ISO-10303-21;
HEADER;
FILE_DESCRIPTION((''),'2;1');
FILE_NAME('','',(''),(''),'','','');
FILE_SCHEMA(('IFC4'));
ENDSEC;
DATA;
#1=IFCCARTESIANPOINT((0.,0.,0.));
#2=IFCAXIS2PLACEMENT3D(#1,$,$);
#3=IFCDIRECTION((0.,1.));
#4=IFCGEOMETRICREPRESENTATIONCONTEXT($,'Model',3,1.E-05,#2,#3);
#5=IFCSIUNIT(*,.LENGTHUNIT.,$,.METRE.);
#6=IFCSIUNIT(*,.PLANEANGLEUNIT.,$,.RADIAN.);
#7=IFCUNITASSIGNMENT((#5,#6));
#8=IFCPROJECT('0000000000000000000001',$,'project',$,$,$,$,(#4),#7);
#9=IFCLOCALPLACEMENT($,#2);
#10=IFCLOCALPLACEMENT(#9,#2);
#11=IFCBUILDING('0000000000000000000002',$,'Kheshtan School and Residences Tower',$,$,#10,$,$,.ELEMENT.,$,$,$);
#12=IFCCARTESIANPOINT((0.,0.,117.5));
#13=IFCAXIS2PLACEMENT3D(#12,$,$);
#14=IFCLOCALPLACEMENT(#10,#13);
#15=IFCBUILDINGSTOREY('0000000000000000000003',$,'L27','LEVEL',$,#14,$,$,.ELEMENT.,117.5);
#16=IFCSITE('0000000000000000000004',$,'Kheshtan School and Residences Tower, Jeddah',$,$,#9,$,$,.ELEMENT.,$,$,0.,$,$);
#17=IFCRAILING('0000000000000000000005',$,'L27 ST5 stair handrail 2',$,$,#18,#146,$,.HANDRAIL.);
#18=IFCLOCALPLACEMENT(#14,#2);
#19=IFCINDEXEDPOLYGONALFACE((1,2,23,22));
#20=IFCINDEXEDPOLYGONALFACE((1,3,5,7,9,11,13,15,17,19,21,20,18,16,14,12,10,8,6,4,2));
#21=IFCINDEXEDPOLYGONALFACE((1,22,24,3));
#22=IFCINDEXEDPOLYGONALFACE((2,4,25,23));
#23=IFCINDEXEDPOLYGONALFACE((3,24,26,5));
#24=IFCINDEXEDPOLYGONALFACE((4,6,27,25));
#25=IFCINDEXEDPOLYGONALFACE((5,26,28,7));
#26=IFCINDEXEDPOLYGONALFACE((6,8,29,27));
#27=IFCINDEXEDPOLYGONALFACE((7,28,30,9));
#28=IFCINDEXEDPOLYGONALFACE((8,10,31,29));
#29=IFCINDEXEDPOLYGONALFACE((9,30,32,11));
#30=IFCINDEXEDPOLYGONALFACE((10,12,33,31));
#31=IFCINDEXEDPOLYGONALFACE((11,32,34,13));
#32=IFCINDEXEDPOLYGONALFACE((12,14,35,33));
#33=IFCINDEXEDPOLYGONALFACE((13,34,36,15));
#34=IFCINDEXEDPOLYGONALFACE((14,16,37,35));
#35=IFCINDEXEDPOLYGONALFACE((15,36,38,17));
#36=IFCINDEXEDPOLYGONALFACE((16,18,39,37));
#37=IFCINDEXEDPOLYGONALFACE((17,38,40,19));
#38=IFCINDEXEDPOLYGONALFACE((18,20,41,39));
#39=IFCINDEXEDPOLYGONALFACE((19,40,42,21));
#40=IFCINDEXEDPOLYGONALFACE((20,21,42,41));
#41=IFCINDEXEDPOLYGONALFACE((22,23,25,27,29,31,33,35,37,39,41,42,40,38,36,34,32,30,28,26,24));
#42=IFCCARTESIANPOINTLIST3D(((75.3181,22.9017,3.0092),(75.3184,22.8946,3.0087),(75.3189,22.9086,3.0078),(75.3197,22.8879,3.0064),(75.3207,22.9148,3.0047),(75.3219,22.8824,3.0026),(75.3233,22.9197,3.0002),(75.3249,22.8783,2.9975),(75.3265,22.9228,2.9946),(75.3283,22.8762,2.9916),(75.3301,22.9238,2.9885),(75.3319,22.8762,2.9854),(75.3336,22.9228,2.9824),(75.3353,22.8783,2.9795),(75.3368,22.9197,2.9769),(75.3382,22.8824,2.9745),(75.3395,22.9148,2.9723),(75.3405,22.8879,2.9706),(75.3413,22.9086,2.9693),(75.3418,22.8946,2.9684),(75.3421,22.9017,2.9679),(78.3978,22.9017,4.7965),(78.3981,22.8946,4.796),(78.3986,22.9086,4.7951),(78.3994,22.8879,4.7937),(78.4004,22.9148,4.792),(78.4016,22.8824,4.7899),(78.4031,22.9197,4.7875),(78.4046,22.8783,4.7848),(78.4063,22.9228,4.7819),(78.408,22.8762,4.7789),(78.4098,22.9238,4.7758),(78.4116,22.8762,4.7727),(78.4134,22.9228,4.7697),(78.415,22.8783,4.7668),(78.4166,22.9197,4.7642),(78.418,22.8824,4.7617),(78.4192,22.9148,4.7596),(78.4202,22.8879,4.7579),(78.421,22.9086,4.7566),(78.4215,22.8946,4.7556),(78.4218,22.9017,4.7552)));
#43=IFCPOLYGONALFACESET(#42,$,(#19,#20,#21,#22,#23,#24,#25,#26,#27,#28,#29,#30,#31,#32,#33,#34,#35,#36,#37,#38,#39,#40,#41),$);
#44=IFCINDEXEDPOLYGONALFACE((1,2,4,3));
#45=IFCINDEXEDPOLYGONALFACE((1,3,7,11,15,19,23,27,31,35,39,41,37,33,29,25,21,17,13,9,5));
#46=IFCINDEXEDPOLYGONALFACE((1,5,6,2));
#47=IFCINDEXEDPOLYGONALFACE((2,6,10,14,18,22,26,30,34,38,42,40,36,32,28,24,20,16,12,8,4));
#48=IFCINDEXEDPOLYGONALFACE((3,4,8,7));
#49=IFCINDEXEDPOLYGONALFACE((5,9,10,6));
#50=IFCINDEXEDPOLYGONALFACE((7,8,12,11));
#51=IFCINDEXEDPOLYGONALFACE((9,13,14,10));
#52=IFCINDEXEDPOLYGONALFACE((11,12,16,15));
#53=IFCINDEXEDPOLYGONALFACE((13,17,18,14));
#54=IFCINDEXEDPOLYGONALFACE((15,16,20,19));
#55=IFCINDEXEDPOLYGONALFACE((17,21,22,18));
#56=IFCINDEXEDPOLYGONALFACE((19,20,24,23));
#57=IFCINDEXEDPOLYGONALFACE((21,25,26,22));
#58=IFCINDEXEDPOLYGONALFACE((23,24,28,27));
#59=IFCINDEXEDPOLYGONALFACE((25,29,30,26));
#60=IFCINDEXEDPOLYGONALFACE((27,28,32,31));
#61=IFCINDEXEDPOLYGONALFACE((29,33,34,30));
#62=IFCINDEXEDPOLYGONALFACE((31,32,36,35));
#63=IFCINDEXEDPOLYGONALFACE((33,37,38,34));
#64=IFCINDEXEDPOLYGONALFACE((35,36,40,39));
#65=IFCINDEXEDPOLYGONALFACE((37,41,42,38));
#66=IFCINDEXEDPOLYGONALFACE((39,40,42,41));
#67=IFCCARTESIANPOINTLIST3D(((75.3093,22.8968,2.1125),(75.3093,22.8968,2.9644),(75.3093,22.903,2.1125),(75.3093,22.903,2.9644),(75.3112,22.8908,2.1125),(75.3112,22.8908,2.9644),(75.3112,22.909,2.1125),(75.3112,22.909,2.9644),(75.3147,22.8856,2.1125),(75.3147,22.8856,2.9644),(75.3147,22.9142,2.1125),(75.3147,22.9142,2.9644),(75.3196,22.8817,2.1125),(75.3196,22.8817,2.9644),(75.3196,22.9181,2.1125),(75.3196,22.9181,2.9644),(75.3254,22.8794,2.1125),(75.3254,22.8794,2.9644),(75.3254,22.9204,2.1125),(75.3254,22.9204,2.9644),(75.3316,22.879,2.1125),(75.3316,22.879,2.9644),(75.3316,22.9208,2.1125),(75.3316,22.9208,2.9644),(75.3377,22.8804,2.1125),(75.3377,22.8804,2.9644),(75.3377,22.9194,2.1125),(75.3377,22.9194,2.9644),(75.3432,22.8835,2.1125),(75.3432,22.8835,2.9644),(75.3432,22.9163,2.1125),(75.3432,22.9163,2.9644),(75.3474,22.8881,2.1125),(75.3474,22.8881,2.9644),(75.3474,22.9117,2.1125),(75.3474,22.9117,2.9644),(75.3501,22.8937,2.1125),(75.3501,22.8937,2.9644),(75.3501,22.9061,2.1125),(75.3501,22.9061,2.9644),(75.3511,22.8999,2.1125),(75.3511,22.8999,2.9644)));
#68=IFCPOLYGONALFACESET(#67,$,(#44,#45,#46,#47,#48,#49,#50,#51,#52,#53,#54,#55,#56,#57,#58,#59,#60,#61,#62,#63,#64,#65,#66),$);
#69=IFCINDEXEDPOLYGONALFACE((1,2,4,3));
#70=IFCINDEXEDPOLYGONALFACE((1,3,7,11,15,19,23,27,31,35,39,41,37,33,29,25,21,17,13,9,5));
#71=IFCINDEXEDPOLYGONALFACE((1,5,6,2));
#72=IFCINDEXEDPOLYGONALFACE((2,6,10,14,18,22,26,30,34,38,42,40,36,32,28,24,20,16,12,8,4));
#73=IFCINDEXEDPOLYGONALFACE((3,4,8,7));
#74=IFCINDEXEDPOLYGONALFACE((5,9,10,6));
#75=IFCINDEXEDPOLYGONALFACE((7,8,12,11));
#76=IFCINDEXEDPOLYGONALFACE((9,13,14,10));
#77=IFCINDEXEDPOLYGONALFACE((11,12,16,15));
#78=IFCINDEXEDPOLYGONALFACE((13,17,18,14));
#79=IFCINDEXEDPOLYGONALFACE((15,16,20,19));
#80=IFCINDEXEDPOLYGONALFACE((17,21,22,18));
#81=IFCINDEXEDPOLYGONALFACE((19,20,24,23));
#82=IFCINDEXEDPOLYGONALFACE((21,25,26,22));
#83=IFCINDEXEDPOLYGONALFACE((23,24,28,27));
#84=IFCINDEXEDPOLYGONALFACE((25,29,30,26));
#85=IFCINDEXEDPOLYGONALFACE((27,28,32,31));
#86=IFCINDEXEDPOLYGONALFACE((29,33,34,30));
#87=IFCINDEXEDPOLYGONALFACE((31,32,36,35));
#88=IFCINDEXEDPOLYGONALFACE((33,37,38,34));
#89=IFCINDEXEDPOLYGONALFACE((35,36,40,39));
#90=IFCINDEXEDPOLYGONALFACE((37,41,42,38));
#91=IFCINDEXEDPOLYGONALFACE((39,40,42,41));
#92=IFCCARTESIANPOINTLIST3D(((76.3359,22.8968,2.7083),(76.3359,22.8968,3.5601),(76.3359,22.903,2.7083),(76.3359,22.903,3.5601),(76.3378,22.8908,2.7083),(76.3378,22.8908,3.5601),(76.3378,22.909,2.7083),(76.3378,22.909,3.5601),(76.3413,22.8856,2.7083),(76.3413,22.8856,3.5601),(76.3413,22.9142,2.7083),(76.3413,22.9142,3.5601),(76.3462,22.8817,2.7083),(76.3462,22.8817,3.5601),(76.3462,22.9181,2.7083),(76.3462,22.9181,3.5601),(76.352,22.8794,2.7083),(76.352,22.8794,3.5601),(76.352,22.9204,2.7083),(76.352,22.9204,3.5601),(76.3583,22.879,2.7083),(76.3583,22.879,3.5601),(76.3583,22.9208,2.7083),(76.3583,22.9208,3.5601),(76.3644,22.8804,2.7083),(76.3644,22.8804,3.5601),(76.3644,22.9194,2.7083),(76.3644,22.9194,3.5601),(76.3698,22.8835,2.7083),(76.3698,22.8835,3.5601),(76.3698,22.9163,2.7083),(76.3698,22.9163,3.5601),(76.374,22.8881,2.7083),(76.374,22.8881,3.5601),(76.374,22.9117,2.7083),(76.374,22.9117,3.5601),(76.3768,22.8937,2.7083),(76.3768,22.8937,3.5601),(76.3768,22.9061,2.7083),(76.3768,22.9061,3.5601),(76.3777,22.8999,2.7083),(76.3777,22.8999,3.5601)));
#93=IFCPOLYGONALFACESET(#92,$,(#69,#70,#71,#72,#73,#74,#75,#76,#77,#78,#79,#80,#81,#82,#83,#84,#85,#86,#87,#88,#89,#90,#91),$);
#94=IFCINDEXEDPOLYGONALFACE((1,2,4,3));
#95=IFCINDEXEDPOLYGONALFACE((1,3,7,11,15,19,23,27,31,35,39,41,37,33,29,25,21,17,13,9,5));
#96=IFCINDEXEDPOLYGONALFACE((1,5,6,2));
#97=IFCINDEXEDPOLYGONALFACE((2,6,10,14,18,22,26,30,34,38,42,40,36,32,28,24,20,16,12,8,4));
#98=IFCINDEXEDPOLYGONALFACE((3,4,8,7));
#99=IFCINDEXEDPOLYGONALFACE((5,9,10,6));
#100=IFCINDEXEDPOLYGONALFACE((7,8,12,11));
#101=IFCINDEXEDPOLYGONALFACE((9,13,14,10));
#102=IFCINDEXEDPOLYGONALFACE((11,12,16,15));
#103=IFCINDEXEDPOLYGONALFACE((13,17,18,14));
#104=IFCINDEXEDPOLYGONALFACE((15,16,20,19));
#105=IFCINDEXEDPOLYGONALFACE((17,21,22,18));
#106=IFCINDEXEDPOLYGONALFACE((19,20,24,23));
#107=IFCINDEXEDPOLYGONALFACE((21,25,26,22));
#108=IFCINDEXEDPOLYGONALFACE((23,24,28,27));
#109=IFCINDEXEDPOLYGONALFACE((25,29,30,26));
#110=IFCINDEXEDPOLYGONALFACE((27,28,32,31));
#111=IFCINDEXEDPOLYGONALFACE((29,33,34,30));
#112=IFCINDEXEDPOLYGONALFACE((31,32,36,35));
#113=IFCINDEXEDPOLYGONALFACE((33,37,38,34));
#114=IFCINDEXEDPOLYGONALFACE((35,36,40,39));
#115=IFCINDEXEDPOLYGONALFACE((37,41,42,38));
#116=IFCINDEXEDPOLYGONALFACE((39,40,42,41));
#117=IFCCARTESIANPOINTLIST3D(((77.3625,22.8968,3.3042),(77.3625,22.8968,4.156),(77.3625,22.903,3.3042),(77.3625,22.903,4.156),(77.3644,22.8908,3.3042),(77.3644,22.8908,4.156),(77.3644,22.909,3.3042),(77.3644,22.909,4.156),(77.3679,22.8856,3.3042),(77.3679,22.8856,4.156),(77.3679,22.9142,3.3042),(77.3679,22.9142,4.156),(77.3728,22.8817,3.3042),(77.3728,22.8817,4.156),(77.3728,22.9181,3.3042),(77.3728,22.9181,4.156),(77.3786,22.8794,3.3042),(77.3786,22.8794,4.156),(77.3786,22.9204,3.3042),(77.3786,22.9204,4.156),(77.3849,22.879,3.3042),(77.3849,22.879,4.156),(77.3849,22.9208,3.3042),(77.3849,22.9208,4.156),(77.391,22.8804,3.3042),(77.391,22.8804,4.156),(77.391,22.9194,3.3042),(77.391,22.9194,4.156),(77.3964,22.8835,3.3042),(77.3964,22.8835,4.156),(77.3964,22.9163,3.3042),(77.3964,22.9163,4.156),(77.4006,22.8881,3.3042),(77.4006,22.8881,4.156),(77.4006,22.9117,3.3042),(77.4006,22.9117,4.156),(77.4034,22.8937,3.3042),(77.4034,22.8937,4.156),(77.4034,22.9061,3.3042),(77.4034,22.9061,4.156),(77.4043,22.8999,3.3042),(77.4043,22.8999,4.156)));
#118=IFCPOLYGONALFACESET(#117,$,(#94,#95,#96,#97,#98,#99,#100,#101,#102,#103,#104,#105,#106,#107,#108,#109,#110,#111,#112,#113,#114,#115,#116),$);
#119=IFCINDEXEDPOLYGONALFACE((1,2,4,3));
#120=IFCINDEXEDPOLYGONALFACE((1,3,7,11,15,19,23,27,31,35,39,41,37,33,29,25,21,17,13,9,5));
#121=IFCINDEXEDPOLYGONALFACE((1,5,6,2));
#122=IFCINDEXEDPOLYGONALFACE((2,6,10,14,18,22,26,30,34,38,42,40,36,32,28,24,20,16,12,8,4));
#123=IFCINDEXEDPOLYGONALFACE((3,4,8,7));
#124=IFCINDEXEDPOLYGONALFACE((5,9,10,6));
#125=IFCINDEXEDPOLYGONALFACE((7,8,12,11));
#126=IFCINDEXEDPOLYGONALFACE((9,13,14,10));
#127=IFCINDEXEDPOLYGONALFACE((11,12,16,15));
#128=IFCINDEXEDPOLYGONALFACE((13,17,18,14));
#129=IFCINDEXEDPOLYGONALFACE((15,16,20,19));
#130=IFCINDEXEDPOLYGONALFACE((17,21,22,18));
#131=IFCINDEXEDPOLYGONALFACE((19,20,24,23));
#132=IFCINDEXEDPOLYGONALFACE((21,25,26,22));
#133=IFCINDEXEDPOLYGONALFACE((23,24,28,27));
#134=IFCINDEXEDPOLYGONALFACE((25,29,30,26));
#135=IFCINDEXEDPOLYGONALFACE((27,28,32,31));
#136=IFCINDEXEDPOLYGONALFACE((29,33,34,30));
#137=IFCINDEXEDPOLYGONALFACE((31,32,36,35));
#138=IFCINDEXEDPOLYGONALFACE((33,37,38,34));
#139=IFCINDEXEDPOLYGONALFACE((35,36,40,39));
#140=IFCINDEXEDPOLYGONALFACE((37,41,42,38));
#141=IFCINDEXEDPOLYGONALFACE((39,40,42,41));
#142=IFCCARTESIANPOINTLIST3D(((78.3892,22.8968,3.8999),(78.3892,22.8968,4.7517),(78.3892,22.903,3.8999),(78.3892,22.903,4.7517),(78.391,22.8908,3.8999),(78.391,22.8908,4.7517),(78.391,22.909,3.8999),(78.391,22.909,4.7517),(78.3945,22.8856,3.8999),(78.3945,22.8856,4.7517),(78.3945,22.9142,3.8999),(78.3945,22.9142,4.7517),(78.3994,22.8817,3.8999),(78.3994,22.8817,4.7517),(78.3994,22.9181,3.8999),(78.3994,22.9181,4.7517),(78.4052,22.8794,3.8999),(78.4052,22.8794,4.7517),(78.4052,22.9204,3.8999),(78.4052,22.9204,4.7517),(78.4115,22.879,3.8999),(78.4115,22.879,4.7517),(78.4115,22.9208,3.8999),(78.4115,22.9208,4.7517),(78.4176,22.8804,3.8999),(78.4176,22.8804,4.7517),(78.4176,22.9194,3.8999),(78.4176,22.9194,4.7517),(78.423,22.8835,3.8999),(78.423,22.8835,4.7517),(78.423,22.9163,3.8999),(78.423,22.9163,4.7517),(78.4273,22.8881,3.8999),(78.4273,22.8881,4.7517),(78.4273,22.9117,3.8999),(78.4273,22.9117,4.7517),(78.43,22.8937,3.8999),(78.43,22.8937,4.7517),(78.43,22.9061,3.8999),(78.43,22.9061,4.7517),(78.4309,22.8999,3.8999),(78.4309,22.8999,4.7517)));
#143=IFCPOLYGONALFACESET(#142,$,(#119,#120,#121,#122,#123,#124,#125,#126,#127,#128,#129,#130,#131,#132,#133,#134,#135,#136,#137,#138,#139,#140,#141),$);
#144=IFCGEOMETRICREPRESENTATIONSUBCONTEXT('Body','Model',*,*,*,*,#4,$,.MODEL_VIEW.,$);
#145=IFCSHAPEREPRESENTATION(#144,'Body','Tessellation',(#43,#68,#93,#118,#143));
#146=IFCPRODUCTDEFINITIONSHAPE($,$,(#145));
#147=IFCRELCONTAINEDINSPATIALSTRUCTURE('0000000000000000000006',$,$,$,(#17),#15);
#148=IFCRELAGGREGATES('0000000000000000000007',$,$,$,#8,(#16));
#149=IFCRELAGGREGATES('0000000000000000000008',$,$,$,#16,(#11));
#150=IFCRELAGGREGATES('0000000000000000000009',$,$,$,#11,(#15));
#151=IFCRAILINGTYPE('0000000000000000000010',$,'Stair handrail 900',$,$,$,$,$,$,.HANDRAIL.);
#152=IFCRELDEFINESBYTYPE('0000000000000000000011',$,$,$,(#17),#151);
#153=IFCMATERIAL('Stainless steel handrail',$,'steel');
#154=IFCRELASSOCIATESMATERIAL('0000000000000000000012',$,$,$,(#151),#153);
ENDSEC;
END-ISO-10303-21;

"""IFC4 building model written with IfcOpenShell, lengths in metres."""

from ifc_helpers import new_model, si_unit, direction, frame, origin, origin_2d, place, context, subcontext, project, spatial, circle, extrude, material, type_object, element, save


model = new_model("IFC4")

# Units and contexts
model_context = context("Model", 3, precision=1e-05, world=origin(), true_north=direction((0.0, 1.0)))
body_context = subcontext(model_context, "Body", "Model", "MODEL_VIEW")
ifc_project = project(units=[si_unit("LENGTHUNIT", "METRE"), si_unit("PLANEANGLEUNIT", "RADIAN")], contexts=[model_context])

# Site, building, storey
site_placement = place(None, origin())
site = spatial("IfcSite", under=ifc_project, at=site_placement, Name="Kheshtan School and Residences Tower, Jeddah", CompositionType="ELEMENT", RefElevation=0.0)
building_placement = place(site_placement, origin())
building = spatial("IfcBuilding", under=site, at=building_placement, Name="Kheshtan School and Residences Tower", CompositionType="ELEMENT")
storey_placement = place(building_placement, frame((0.0, 0.0, 117.5)))
storey = spatial("IfcBuildingStorey", under=building, at=storey_placement, Name="L27", Description="LEVEL", CompositionType="ELEMENT", Elevation=117.5)

# Railing
ifc_material_1 = material(Name="Stainless steel handrail", Category="steel")
railing_type_1 = type_object("IfcRailingType", Name="Stair handrail 900", PredefinedType="HANDRAIL", material=ifc_material_1)
railing_1_placement = place(storey_placement, frame((75.3301, 22.8999, 2.1125)))
element("IfcRailing", 1, at=railing_1_placement, inside=storey, type_object=railing_type_1, Name="L27 ST5 stair handrail 2", PredefinedType="HANDRAIL", context=body_context, shape_type="SweptSolid", body=[
    extrude(circle(Radius=0.0239, at=origin_2d()), frame((0.0, 0.0, 0.876), z_axis=(0.864903, 0.0, 0.501939), x_axis=(0.0, 1.0, 0.0)), (0.0, 0.0, 1.0), 3.5608),
    extrude(circle(Radius=0.021, at=origin_2d()), origin(), (0.0, 0.0, 1.0), 0.8518),
    extrude(circle(Radius=0.021, at=origin_2d()), frame((1.0266, 0.0, 0.5957)), (0.0, 0.0, 1.0), 0.8518),
    extrude(circle(Radius=0.021, at=origin_2d()), frame((2.0532, 0.0, 1.1917)), (0.0, 0.0, 1.0), 0.8518),
    extrude(circle(Radius=0.021, at=origin_2d()), frame((3.0798, 0.0, 1.7874)), (0.0, 0.0, 1.0), 0.8518),
])

save(model, "model.ifc")
